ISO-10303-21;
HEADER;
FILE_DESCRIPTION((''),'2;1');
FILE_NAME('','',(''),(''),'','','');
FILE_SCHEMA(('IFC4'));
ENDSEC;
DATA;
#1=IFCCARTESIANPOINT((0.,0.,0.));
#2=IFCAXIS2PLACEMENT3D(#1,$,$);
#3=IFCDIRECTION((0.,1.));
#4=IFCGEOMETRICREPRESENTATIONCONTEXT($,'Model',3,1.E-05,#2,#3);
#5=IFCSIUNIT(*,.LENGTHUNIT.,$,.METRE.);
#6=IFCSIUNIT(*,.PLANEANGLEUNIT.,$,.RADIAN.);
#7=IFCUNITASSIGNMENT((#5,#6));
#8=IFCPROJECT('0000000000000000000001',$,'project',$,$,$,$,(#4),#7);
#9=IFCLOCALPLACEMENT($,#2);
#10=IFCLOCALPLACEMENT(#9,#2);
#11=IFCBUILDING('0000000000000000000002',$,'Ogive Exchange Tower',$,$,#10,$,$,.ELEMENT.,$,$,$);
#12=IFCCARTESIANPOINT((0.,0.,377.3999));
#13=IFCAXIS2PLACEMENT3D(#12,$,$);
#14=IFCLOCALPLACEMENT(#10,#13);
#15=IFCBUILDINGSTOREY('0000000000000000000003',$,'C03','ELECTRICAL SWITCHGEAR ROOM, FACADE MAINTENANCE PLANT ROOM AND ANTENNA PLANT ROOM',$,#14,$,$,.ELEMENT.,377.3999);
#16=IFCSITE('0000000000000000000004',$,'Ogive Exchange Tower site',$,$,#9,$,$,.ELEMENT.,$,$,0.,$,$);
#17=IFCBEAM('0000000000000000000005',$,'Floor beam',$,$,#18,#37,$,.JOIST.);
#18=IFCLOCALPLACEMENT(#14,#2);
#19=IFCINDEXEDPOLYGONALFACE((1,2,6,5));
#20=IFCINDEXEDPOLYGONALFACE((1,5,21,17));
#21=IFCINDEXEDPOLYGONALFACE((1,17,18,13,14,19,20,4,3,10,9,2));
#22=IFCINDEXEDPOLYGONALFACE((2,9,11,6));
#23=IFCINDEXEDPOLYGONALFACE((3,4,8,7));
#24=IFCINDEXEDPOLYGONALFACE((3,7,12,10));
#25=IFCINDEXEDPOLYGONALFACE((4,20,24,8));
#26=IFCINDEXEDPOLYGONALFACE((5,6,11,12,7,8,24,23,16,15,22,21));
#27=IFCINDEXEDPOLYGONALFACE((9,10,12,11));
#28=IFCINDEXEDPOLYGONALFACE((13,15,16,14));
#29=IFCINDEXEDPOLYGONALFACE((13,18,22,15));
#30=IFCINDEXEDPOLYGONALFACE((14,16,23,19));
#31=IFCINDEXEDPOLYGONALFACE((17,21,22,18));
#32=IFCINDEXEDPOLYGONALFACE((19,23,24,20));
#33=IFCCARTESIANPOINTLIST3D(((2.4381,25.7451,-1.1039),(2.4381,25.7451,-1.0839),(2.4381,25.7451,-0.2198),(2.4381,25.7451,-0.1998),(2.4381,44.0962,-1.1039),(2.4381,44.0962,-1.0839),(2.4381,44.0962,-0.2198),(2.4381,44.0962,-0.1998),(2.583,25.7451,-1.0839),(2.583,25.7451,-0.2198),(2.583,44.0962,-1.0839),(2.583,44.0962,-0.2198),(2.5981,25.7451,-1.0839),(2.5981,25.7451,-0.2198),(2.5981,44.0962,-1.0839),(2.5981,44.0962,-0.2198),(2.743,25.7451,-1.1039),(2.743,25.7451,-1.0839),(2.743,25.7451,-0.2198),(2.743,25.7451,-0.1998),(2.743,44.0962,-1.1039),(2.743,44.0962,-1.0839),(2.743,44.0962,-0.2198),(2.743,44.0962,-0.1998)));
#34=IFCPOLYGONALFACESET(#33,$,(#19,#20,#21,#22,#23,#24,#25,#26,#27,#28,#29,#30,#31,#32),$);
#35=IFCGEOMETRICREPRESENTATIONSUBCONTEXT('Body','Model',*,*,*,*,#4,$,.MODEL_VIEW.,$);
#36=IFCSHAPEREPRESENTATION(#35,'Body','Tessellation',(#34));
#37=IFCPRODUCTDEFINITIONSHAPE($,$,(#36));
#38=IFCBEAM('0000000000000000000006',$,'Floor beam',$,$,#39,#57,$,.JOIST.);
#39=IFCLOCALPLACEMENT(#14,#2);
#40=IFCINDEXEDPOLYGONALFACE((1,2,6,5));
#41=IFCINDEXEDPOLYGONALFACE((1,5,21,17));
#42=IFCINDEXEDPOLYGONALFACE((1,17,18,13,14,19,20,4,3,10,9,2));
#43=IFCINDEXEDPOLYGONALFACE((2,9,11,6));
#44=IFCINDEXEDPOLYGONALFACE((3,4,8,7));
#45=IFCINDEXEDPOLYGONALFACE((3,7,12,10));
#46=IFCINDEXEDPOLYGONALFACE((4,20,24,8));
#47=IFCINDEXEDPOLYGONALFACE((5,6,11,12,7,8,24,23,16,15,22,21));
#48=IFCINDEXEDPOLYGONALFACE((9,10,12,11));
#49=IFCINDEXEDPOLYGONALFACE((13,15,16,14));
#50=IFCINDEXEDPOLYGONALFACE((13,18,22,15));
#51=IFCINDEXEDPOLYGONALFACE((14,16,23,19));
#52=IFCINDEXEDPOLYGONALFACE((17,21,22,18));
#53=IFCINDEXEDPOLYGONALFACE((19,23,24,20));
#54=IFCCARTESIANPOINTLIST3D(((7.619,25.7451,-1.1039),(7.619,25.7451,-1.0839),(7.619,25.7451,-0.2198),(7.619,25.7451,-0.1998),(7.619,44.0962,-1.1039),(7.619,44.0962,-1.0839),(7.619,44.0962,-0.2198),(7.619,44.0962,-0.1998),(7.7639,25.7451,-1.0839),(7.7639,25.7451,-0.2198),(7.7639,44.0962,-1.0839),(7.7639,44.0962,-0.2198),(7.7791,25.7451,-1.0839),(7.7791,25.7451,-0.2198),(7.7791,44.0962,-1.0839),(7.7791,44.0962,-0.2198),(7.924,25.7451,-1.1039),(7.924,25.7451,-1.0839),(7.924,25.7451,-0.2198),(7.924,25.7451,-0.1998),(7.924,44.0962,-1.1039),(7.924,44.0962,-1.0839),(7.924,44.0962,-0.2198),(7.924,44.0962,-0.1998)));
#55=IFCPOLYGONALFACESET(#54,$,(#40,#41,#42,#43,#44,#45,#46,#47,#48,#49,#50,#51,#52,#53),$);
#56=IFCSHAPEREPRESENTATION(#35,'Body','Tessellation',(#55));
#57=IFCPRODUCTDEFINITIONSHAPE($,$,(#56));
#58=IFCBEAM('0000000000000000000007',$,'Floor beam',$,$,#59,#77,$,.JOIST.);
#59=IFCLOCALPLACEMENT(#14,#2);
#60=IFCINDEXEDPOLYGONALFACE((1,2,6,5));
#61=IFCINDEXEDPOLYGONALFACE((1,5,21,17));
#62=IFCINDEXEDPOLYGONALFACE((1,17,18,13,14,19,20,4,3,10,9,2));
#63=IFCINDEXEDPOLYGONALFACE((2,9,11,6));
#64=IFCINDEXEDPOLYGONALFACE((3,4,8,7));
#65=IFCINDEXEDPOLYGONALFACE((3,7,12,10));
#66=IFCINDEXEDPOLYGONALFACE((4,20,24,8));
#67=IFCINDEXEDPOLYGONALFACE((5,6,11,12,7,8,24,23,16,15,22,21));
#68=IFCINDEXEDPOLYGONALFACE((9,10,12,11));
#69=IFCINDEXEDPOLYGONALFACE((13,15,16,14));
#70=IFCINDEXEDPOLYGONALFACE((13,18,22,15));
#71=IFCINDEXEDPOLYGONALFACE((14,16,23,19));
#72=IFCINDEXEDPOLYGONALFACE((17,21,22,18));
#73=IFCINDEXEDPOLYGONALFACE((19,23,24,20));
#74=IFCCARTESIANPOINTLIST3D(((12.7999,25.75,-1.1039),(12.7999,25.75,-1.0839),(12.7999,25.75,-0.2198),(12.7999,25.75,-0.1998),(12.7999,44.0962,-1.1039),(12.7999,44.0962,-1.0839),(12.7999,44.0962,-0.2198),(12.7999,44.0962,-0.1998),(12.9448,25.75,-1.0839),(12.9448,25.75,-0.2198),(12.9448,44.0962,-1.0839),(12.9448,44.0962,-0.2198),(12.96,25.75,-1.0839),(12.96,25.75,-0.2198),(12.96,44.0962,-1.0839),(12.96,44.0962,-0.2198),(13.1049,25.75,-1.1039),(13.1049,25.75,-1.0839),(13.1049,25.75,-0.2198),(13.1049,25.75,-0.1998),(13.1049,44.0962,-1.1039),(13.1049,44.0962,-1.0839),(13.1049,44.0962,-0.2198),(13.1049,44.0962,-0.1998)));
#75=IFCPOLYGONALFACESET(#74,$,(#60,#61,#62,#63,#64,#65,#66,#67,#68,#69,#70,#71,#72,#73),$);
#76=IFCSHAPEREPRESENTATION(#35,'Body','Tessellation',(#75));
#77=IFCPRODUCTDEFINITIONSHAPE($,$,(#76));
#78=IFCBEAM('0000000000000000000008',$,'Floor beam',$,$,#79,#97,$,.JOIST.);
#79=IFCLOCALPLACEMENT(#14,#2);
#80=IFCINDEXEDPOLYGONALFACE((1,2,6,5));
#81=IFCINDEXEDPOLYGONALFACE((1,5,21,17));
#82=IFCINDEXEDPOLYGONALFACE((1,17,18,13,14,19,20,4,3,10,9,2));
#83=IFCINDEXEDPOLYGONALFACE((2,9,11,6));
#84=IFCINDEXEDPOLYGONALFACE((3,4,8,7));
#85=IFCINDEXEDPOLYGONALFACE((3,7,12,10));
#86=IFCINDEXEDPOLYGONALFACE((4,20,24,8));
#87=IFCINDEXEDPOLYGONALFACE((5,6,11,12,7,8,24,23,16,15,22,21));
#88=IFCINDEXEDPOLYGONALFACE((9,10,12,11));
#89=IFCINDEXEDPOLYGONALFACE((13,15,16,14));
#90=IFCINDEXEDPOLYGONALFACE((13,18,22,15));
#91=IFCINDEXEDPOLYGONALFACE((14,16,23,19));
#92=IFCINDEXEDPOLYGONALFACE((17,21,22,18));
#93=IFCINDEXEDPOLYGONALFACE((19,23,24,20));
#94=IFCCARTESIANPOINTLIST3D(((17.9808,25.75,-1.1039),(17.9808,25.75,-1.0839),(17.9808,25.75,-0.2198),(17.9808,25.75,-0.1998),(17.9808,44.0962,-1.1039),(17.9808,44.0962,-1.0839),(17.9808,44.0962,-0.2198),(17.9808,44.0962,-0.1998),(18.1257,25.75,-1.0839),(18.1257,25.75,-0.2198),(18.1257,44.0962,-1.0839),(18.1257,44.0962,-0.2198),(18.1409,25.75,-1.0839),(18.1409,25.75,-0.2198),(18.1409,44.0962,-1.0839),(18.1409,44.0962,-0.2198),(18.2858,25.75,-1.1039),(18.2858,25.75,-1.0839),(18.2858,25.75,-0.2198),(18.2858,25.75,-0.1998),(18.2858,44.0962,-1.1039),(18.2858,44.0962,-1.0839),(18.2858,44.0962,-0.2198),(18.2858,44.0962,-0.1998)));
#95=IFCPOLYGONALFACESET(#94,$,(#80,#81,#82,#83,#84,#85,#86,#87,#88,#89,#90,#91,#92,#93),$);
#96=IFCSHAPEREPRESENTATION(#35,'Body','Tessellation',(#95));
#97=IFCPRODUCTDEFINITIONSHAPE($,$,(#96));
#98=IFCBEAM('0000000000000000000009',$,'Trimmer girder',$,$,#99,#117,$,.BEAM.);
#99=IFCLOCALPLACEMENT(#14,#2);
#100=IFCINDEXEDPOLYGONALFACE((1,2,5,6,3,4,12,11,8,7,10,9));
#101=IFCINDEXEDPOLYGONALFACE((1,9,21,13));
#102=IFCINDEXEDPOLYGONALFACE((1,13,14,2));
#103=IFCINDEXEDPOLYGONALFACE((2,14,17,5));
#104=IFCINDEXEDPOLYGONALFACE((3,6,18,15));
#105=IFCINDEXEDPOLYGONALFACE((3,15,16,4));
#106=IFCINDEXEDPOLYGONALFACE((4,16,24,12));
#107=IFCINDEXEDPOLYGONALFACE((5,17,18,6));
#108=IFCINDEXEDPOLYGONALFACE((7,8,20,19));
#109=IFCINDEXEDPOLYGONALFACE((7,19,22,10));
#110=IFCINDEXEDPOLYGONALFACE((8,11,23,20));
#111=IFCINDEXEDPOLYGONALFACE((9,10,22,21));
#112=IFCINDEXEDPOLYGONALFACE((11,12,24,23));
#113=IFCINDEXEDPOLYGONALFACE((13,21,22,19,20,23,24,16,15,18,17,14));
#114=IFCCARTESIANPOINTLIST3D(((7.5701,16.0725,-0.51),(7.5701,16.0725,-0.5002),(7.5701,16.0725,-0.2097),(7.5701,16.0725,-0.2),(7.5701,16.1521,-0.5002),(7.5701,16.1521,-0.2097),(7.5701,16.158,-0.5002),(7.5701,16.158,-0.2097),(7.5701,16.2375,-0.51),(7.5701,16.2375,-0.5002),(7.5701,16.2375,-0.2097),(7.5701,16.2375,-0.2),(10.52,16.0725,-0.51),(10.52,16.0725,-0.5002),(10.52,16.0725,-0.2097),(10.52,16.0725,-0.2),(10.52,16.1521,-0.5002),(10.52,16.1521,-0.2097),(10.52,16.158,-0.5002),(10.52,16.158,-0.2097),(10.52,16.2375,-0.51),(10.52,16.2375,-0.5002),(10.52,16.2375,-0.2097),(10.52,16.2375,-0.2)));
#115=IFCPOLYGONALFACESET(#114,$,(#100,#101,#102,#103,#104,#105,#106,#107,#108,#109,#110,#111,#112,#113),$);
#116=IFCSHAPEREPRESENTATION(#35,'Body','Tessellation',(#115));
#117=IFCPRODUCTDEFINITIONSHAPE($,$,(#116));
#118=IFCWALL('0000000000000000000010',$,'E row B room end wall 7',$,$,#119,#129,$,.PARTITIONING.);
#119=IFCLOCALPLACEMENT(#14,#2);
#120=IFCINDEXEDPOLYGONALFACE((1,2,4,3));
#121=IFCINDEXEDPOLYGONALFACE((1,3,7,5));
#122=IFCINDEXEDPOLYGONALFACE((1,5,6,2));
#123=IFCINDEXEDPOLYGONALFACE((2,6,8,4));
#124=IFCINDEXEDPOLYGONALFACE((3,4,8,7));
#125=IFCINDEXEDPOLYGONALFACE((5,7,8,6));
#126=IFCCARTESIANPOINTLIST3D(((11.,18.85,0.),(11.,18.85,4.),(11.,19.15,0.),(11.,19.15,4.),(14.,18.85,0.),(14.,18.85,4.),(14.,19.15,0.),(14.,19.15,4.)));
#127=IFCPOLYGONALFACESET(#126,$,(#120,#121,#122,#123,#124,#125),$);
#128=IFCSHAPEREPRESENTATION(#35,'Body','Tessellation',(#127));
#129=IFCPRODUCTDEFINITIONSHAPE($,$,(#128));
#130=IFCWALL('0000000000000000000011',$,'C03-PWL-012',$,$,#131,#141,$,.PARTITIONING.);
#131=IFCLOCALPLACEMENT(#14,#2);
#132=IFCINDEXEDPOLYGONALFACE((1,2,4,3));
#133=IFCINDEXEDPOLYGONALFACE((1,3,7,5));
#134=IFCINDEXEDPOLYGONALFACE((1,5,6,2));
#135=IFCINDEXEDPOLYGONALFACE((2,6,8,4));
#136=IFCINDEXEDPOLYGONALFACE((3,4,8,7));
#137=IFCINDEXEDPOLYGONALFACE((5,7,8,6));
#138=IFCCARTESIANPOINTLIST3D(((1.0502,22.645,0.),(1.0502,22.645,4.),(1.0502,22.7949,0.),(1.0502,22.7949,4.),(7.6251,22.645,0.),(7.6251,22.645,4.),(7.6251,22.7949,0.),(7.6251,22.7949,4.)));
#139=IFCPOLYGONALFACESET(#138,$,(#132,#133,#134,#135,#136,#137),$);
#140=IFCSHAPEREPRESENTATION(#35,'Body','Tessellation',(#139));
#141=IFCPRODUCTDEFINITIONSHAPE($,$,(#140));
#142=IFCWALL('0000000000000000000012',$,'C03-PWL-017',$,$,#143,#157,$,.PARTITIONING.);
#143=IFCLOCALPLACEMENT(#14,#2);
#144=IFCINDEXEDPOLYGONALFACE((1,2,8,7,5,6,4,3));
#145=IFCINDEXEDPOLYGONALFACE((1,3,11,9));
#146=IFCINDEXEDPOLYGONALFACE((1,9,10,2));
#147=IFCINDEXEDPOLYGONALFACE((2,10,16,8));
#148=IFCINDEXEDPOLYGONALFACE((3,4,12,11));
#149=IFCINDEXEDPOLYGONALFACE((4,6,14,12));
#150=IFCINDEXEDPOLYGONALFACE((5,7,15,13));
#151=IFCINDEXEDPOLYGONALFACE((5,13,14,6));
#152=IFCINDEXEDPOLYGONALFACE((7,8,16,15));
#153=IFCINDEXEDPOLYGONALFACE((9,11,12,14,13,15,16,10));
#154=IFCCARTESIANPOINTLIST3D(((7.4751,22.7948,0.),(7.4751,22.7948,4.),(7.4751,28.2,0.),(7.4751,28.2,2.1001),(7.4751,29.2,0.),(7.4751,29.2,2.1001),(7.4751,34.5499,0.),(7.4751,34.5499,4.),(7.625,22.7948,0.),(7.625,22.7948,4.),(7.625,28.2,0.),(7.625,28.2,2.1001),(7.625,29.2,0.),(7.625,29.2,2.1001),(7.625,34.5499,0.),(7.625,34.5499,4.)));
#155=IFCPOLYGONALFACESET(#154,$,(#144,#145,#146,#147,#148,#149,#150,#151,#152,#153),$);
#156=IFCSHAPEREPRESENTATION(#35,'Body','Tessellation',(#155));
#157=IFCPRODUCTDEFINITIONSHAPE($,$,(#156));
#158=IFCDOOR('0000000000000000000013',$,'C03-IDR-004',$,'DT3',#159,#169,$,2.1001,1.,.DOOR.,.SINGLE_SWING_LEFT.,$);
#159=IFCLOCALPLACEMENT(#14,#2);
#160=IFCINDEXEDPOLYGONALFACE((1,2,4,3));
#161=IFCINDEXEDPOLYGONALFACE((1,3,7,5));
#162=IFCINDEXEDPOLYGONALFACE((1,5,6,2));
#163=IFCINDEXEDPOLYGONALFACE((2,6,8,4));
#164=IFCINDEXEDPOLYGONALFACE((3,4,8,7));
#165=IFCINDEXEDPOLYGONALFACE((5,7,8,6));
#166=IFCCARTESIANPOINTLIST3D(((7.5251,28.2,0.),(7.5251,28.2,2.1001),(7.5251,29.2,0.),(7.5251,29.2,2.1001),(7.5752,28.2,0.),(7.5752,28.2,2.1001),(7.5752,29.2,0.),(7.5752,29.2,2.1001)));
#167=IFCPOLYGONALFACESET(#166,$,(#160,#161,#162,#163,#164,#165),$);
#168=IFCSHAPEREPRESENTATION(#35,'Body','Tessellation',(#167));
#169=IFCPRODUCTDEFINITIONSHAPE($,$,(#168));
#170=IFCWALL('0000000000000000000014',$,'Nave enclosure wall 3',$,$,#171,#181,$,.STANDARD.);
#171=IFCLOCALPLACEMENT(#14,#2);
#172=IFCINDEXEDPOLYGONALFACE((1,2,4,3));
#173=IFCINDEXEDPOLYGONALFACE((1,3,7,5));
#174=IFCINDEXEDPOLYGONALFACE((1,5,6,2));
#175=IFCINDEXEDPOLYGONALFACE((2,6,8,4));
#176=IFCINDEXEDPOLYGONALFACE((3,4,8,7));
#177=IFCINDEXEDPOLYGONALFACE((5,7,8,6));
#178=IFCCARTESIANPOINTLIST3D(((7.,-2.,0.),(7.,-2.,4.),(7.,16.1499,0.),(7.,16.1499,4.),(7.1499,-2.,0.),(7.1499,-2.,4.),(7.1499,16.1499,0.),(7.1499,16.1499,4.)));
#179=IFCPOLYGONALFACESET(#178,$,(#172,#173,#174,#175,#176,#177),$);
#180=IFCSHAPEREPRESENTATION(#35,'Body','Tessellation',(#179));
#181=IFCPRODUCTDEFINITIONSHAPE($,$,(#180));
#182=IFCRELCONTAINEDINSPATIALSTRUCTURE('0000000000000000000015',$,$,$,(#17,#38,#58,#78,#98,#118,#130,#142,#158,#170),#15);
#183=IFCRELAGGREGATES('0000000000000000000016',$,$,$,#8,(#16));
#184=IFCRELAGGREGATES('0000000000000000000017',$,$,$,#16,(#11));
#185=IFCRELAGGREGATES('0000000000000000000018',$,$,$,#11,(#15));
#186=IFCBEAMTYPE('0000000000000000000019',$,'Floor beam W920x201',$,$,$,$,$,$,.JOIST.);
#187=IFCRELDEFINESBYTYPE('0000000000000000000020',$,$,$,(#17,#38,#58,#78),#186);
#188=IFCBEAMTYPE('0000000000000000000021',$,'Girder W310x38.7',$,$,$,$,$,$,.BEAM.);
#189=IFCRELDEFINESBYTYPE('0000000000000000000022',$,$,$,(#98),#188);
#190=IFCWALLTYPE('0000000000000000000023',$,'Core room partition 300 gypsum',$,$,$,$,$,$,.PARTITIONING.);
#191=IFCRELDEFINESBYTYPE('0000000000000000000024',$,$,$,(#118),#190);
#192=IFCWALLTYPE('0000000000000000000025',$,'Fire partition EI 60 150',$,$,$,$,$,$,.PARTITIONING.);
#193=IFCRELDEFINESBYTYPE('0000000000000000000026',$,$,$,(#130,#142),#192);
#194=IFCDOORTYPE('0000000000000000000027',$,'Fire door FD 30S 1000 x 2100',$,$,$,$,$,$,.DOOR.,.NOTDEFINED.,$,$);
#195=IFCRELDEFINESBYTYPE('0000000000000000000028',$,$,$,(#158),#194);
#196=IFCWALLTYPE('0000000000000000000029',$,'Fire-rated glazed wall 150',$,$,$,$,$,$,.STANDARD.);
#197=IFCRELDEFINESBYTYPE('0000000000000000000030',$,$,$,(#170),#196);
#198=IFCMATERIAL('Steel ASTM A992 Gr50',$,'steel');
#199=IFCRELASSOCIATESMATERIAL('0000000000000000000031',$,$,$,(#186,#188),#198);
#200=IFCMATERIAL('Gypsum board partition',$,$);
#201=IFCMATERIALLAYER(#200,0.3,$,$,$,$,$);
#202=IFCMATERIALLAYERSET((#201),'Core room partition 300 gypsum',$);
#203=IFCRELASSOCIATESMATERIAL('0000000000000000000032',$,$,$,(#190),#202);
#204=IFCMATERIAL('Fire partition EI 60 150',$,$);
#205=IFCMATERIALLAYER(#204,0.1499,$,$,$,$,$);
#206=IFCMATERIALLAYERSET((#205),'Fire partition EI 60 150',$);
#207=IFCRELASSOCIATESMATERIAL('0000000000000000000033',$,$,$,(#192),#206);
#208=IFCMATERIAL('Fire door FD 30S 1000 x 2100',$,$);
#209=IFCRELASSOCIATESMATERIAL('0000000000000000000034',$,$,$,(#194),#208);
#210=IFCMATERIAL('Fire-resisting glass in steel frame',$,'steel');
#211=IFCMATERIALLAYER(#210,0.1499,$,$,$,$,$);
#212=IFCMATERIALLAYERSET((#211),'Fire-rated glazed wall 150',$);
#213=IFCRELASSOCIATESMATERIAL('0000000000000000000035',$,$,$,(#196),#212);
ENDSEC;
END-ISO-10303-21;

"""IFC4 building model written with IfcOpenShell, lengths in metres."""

from ifc_helpers import new_model, si_unit, direction, frame, frame_2d, origin, origin_2d, place, context, subcontext, project, spatial, rectangle, i_section, extrude, material, layer, layer_set, material_profile, profile_set, type_object, element, fill, save


model = new_model("IFC4")

# Units and contexts
model_context = context("Model", 3, precision=1e-05, world=origin(), true_north=direction((0.0, 1.0)))
body_context = subcontext(model_context, "Body", "Model", "MODEL_VIEW")
ifc_project = project(units=[si_unit("LENGTHUNIT", "METRE"), si_unit("PLANEANGLEUNIT", "RADIAN")], contexts=[model_context])

# Site, building, storey
site_placement = place(None, origin())
site = spatial("IfcSite", under=ifc_project, at=site_placement, Name="Ogive Exchange Tower site", CompositionType="ELEMENT", RefElevation=0.0)
building_placement = place(site_placement, origin())
building = spatial("IfcBuilding", under=site, at=building_placement, Name="Ogive Exchange Tower", CompositionType="ELEMENT")
storey_placement = place(building_placement, frame((0.0, 0.0, 377.3999)))
storey = spatial("IfcBuildingStorey", under=building, at=storey_placement, Name="C03", Description="ELECTRICAL SWITCHGEAR ROOM, FACADE MAINTENANCE PLANT ROOM AND ANTENNA PLANT ROOM", CompositionType="ELEMENT", Elevation=377.3999)

# Beams
ifc_material_1 = material(Name="Steel ASTM A992 Gr50", Category="steel")
ifc_material_profile_1 = material_profile(ifc_material_1, i_section(OverallWidth=0.3049, OverallDepth=0.9041, WebThickness=0.0151, FlangeThickness=0.02, at=origin_2d()), Name="W920x201")
ifc_profile_set_1 = profile_set([ifc_material_profile_1], Name="Steel ASTM A992 Gr50")
beam_type_1 = type_object("IfcBeamType", Name="Floor beam W920x201", PredefinedType="JOIST", material=ifc_profile_set_1)
for number, where, z_axis, x_axis, name in (
    (1, (2.5906, 25.7451, -0.6519), (0.0, 1.0, 0.0), (-1.0, 0.0, 0.0), "Floor beam"),
    (2, (7.7715, 25.7451, -0.6519), (0.0, 1.0, 0.0), (-1.0, 0.0, 0.0), "Floor beam"),
):
    element("IfcBeam", number, at=place(storey_placement, frame(where, z_axis=z_axis, x_axis=x_axis)), inside=storey, type_object=beam_type_1, Name=name, PredefinedType="JOIST", context=body_context, shape_type="SweptSolid", body=[
        extrude(i_section(OverallWidth=0.3049, OverallDepth=0.9041, WebThickness=0.0151, FlangeThickness=0.02, at=origin_2d()), origin(), (0.0, 0.0, 1.0), 18.3511),
    ])
for number, where, z_axis, x_axis, name in (
    (3, (12.9524, 25.75, -0.6519), (0.0, 1.0, 0.0), (-1.0, 0.0, 0.0), "Floor beam"),
    (4, (18.1333, 25.75, -0.6519), (0.0, 1.0, 0.0), (-1.0, 0.0, 0.0), "Floor beam"),
):
    element("IfcBeam", number, at=place(storey_placement, frame(where, z_axis=z_axis, x_axis=x_axis)), inside=storey, type_object=beam_type_1, Name=name, PredefinedType="JOIST", context=body_context, shape_type="SweptSolid", body=[
        extrude(i_section(OverallWidth=0.3049, OverallDepth=0.9041, WebThickness=0.0151, FlangeThickness=0.02, at=origin_2d()), origin(), (0.0, 0.0, 1.0), 18.3462),
    ])
ifc_material_profile_2 = material_profile(ifc_material_1, i_section(OverallWidth=0.165, OverallDepth=0.3101, WebThickness=0.0059, FlangeThickness=0.0098, at=origin_2d()), Name="W310x38.7")
ifc_profile_set_2 = profile_set([ifc_material_profile_2], Name="Steel ASTM A992 Gr50")
beam_type_2 = type_object("IfcBeamType", Name="Girder W310x38.7", PredefinedType="BEAM", material=ifc_profile_set_2)
beam_placement = place(storey_placement, frame((7.5701, 16.155, -0.355), z_axis=(1.0, 0.0, 0.0), x_axis=(0.0, 1.0, 0.0)))
element("IfcBeam", 5, at=beam_placement, inside=storey, type_object=beam_type_2, Name="Trimmer girder", PredefinedType="BEAM", context=body_context, shape_type="SweptSolid", body=[
    extrude(i_section(OverallWidth=0.165, OverallDepth=0.3101, WebThickness=0.0059, FlangeThickness=0.0098, at=origin_2d()), origin(), (0.0, 0.0, 1.0), 2.95),
])

# Walls
ifc_material_2 = material(Name="Gypsum board partition")
ifc_layer_1 = layer(ifc_material_2, 0.3)
ifc_layer_set_1 = layer_set([ifc_layer_1], Name="Core room partition 300 gypsum")
wall_type_1 = type_object("IfcWallType", Name="Core room partition 300 gypsum", PredefinedType="PARTITIONING", material=ifc_layer_set_1)
wall_1_placement = place(storey_placement, frame((11.0, 19.0, 0.0), z_axis=(0.0, 0.0, 1.0), x_axis=(1.0, 0.0, 0.0)))
element("IfcWall", 6, at=wall_1_placement, inside=storey, type_object=wall_type_1, Name="E row B room end wall 7", PredefinedType="PARTITIONING", context=body_context, shape_type="SweptSolid", body=[
    extrude(rectangle(XDim=3.0, YDim=0.3, at=frame_2d((1.5, 0.0))), origin(), (0.0, 0.0, 1.0), 4.0),
])
ifc_material_3 = material(Name="Fire partition EI 60 150")
ifc_layer_2 = layer(ifc_material_3, 0.1499)
ifc_layer_set_2 = layer_set([ifc_layer_2], Name="Fire partition EI 60 150")
wall_type_2 = type_object("IfcWallType", Name="Fire partition EI 60 150", PredefinedType="PARTITIONING", material=ifc_layer_set_2)
wall_2_placement = place(storey_placement, frame((1.05, 22.72, 0.0), z_axis=(0.0, 0.0, 1.0), x_axis=(1.0, 0.0, 0.0)))
element("IfcWall", 7, at=wall_2_placement, inside=storey, type_object=wall_type_2, Name="C03-PWL-012", PredefinedType="PARTITIONING", context=body_context, shape_type="SweptSolid", body=[
    extrude(rectangle(XDim=6.575, YDim=0.1499, at=frame_2d((3.2876, 0.0))), origin(), (0.0, 0.0, 1.0), 4.0),
])

# Wall, opening, door
wall_3_placement = place(storey_placement, frame((7.55, 22.7949, 0.0), z_axis=(0.0, 0.0, 1.0), x_axis=(0.0, 1.0, 0.0)))
wall_3 = element("IfcWall", 8, at=wall_3_placement, inside=storey, type_object=wall_type_2, Name="C03-PWL-017", PredefinedType="PARTITIONING", context=body_context, shape_type="SweptSolid", body=[
    extrude(rectangle(XDim=11.7551, YDim=0.1499, at=frame_2d((5.8774, 0.0))), origin(), (0.0, 0.0, 1.0), 4.0),
])
opening_1_placement = place(wall_3_placement, frame((5.405, 0.0, 0.0)))
opening_1 = element("IfcOpeningElement", 9, at=opening_1_placement, cuts=wall_3, PredefinedType="OPENING", context=body_context, shape_type="SweptSolid", body=[
    extrude(rectangle(XDim=1.0, YDim=2.1001, at=frame_2d((0.5, 1.05))), frame((0.0, 0.085, 0.0), z_axis=(0.0, -1.0, 0.0), x_axis=(1.0, 0.0, 0.0)), (0.0, 0.0, 1.0), 0.1699),
])
ifc_material_4 = material(Name="Fire door FD 30S 1000 x 2100")
door_type_1 = type_object("IfcDoorType", Name="Fire door FD 30S 1000 x 2100", OperationType="NOTDEFINED", PredefinedType="DOOR", material=ifc_material_4)
door_1_placement = place(opening_1_placement, origin())
door_1 = element("IfcDoor", 10, at=door_1_placement, inside=storey, type_object=door_type_1, Name="C03-IDR-004", ObjectType="DT3", OperationType="SINGLE_SWING_LEFT", OverallHeight=2.1001, OverallWidth=1.0, PredefinedType="DOOR", context=body_context, shape_type="SweptSolid", body=[
    extrude(rectangle(XDim=1.0, YDim=2.1001, at=frame_2d((0.5, 1.05))), frame((0.0, 0.0249, 0.0), z_axis=(0.0, -1.0, 0.0), x_axis=(1.0, 0.0, 0.0)), (0.0, 0.0, 1.0), 0.05),
])
fill(opening_1, door_1)

# Wall
ifc_material_5 = material(Name="Fire-resisting glass in steel frame", Category="steel")
ifc_layer_3 = layer(ifc_material_5, 0.1499)
ifc_layer_set_3 = layer_set([ifc_layer_3], Name="Fire-rated glazed wall 150")
wall_type_3 = type_object("IfcWallType", Name="Fire-rated glazed wall 150", PredefinedType="STANDARD", material=ifc_layer_set_3)
wall_4_placement = place(storey_placement, frame((7.075, 16.1499, 0.0), z_axis=(0.0, 0.0, 1.0), x_axis=(0.0, -1.0, 0.0)))
element("IfcWall", 11, at=wall_4_placement, inside=storey, type_object=wall_type_3, Name="Nave enclosure wall 3", PredefinedType="STANDARD", context=body_context, shape_type="SweptSolid", body=[
    extrude(rectangle(XDim=18.1499, YDim=0.1499, at=frame_2d((9.075, 0.0))), origin(), (0.0, 0.0, 1.0), 4.0),
])

save(model, "model.ifc")
